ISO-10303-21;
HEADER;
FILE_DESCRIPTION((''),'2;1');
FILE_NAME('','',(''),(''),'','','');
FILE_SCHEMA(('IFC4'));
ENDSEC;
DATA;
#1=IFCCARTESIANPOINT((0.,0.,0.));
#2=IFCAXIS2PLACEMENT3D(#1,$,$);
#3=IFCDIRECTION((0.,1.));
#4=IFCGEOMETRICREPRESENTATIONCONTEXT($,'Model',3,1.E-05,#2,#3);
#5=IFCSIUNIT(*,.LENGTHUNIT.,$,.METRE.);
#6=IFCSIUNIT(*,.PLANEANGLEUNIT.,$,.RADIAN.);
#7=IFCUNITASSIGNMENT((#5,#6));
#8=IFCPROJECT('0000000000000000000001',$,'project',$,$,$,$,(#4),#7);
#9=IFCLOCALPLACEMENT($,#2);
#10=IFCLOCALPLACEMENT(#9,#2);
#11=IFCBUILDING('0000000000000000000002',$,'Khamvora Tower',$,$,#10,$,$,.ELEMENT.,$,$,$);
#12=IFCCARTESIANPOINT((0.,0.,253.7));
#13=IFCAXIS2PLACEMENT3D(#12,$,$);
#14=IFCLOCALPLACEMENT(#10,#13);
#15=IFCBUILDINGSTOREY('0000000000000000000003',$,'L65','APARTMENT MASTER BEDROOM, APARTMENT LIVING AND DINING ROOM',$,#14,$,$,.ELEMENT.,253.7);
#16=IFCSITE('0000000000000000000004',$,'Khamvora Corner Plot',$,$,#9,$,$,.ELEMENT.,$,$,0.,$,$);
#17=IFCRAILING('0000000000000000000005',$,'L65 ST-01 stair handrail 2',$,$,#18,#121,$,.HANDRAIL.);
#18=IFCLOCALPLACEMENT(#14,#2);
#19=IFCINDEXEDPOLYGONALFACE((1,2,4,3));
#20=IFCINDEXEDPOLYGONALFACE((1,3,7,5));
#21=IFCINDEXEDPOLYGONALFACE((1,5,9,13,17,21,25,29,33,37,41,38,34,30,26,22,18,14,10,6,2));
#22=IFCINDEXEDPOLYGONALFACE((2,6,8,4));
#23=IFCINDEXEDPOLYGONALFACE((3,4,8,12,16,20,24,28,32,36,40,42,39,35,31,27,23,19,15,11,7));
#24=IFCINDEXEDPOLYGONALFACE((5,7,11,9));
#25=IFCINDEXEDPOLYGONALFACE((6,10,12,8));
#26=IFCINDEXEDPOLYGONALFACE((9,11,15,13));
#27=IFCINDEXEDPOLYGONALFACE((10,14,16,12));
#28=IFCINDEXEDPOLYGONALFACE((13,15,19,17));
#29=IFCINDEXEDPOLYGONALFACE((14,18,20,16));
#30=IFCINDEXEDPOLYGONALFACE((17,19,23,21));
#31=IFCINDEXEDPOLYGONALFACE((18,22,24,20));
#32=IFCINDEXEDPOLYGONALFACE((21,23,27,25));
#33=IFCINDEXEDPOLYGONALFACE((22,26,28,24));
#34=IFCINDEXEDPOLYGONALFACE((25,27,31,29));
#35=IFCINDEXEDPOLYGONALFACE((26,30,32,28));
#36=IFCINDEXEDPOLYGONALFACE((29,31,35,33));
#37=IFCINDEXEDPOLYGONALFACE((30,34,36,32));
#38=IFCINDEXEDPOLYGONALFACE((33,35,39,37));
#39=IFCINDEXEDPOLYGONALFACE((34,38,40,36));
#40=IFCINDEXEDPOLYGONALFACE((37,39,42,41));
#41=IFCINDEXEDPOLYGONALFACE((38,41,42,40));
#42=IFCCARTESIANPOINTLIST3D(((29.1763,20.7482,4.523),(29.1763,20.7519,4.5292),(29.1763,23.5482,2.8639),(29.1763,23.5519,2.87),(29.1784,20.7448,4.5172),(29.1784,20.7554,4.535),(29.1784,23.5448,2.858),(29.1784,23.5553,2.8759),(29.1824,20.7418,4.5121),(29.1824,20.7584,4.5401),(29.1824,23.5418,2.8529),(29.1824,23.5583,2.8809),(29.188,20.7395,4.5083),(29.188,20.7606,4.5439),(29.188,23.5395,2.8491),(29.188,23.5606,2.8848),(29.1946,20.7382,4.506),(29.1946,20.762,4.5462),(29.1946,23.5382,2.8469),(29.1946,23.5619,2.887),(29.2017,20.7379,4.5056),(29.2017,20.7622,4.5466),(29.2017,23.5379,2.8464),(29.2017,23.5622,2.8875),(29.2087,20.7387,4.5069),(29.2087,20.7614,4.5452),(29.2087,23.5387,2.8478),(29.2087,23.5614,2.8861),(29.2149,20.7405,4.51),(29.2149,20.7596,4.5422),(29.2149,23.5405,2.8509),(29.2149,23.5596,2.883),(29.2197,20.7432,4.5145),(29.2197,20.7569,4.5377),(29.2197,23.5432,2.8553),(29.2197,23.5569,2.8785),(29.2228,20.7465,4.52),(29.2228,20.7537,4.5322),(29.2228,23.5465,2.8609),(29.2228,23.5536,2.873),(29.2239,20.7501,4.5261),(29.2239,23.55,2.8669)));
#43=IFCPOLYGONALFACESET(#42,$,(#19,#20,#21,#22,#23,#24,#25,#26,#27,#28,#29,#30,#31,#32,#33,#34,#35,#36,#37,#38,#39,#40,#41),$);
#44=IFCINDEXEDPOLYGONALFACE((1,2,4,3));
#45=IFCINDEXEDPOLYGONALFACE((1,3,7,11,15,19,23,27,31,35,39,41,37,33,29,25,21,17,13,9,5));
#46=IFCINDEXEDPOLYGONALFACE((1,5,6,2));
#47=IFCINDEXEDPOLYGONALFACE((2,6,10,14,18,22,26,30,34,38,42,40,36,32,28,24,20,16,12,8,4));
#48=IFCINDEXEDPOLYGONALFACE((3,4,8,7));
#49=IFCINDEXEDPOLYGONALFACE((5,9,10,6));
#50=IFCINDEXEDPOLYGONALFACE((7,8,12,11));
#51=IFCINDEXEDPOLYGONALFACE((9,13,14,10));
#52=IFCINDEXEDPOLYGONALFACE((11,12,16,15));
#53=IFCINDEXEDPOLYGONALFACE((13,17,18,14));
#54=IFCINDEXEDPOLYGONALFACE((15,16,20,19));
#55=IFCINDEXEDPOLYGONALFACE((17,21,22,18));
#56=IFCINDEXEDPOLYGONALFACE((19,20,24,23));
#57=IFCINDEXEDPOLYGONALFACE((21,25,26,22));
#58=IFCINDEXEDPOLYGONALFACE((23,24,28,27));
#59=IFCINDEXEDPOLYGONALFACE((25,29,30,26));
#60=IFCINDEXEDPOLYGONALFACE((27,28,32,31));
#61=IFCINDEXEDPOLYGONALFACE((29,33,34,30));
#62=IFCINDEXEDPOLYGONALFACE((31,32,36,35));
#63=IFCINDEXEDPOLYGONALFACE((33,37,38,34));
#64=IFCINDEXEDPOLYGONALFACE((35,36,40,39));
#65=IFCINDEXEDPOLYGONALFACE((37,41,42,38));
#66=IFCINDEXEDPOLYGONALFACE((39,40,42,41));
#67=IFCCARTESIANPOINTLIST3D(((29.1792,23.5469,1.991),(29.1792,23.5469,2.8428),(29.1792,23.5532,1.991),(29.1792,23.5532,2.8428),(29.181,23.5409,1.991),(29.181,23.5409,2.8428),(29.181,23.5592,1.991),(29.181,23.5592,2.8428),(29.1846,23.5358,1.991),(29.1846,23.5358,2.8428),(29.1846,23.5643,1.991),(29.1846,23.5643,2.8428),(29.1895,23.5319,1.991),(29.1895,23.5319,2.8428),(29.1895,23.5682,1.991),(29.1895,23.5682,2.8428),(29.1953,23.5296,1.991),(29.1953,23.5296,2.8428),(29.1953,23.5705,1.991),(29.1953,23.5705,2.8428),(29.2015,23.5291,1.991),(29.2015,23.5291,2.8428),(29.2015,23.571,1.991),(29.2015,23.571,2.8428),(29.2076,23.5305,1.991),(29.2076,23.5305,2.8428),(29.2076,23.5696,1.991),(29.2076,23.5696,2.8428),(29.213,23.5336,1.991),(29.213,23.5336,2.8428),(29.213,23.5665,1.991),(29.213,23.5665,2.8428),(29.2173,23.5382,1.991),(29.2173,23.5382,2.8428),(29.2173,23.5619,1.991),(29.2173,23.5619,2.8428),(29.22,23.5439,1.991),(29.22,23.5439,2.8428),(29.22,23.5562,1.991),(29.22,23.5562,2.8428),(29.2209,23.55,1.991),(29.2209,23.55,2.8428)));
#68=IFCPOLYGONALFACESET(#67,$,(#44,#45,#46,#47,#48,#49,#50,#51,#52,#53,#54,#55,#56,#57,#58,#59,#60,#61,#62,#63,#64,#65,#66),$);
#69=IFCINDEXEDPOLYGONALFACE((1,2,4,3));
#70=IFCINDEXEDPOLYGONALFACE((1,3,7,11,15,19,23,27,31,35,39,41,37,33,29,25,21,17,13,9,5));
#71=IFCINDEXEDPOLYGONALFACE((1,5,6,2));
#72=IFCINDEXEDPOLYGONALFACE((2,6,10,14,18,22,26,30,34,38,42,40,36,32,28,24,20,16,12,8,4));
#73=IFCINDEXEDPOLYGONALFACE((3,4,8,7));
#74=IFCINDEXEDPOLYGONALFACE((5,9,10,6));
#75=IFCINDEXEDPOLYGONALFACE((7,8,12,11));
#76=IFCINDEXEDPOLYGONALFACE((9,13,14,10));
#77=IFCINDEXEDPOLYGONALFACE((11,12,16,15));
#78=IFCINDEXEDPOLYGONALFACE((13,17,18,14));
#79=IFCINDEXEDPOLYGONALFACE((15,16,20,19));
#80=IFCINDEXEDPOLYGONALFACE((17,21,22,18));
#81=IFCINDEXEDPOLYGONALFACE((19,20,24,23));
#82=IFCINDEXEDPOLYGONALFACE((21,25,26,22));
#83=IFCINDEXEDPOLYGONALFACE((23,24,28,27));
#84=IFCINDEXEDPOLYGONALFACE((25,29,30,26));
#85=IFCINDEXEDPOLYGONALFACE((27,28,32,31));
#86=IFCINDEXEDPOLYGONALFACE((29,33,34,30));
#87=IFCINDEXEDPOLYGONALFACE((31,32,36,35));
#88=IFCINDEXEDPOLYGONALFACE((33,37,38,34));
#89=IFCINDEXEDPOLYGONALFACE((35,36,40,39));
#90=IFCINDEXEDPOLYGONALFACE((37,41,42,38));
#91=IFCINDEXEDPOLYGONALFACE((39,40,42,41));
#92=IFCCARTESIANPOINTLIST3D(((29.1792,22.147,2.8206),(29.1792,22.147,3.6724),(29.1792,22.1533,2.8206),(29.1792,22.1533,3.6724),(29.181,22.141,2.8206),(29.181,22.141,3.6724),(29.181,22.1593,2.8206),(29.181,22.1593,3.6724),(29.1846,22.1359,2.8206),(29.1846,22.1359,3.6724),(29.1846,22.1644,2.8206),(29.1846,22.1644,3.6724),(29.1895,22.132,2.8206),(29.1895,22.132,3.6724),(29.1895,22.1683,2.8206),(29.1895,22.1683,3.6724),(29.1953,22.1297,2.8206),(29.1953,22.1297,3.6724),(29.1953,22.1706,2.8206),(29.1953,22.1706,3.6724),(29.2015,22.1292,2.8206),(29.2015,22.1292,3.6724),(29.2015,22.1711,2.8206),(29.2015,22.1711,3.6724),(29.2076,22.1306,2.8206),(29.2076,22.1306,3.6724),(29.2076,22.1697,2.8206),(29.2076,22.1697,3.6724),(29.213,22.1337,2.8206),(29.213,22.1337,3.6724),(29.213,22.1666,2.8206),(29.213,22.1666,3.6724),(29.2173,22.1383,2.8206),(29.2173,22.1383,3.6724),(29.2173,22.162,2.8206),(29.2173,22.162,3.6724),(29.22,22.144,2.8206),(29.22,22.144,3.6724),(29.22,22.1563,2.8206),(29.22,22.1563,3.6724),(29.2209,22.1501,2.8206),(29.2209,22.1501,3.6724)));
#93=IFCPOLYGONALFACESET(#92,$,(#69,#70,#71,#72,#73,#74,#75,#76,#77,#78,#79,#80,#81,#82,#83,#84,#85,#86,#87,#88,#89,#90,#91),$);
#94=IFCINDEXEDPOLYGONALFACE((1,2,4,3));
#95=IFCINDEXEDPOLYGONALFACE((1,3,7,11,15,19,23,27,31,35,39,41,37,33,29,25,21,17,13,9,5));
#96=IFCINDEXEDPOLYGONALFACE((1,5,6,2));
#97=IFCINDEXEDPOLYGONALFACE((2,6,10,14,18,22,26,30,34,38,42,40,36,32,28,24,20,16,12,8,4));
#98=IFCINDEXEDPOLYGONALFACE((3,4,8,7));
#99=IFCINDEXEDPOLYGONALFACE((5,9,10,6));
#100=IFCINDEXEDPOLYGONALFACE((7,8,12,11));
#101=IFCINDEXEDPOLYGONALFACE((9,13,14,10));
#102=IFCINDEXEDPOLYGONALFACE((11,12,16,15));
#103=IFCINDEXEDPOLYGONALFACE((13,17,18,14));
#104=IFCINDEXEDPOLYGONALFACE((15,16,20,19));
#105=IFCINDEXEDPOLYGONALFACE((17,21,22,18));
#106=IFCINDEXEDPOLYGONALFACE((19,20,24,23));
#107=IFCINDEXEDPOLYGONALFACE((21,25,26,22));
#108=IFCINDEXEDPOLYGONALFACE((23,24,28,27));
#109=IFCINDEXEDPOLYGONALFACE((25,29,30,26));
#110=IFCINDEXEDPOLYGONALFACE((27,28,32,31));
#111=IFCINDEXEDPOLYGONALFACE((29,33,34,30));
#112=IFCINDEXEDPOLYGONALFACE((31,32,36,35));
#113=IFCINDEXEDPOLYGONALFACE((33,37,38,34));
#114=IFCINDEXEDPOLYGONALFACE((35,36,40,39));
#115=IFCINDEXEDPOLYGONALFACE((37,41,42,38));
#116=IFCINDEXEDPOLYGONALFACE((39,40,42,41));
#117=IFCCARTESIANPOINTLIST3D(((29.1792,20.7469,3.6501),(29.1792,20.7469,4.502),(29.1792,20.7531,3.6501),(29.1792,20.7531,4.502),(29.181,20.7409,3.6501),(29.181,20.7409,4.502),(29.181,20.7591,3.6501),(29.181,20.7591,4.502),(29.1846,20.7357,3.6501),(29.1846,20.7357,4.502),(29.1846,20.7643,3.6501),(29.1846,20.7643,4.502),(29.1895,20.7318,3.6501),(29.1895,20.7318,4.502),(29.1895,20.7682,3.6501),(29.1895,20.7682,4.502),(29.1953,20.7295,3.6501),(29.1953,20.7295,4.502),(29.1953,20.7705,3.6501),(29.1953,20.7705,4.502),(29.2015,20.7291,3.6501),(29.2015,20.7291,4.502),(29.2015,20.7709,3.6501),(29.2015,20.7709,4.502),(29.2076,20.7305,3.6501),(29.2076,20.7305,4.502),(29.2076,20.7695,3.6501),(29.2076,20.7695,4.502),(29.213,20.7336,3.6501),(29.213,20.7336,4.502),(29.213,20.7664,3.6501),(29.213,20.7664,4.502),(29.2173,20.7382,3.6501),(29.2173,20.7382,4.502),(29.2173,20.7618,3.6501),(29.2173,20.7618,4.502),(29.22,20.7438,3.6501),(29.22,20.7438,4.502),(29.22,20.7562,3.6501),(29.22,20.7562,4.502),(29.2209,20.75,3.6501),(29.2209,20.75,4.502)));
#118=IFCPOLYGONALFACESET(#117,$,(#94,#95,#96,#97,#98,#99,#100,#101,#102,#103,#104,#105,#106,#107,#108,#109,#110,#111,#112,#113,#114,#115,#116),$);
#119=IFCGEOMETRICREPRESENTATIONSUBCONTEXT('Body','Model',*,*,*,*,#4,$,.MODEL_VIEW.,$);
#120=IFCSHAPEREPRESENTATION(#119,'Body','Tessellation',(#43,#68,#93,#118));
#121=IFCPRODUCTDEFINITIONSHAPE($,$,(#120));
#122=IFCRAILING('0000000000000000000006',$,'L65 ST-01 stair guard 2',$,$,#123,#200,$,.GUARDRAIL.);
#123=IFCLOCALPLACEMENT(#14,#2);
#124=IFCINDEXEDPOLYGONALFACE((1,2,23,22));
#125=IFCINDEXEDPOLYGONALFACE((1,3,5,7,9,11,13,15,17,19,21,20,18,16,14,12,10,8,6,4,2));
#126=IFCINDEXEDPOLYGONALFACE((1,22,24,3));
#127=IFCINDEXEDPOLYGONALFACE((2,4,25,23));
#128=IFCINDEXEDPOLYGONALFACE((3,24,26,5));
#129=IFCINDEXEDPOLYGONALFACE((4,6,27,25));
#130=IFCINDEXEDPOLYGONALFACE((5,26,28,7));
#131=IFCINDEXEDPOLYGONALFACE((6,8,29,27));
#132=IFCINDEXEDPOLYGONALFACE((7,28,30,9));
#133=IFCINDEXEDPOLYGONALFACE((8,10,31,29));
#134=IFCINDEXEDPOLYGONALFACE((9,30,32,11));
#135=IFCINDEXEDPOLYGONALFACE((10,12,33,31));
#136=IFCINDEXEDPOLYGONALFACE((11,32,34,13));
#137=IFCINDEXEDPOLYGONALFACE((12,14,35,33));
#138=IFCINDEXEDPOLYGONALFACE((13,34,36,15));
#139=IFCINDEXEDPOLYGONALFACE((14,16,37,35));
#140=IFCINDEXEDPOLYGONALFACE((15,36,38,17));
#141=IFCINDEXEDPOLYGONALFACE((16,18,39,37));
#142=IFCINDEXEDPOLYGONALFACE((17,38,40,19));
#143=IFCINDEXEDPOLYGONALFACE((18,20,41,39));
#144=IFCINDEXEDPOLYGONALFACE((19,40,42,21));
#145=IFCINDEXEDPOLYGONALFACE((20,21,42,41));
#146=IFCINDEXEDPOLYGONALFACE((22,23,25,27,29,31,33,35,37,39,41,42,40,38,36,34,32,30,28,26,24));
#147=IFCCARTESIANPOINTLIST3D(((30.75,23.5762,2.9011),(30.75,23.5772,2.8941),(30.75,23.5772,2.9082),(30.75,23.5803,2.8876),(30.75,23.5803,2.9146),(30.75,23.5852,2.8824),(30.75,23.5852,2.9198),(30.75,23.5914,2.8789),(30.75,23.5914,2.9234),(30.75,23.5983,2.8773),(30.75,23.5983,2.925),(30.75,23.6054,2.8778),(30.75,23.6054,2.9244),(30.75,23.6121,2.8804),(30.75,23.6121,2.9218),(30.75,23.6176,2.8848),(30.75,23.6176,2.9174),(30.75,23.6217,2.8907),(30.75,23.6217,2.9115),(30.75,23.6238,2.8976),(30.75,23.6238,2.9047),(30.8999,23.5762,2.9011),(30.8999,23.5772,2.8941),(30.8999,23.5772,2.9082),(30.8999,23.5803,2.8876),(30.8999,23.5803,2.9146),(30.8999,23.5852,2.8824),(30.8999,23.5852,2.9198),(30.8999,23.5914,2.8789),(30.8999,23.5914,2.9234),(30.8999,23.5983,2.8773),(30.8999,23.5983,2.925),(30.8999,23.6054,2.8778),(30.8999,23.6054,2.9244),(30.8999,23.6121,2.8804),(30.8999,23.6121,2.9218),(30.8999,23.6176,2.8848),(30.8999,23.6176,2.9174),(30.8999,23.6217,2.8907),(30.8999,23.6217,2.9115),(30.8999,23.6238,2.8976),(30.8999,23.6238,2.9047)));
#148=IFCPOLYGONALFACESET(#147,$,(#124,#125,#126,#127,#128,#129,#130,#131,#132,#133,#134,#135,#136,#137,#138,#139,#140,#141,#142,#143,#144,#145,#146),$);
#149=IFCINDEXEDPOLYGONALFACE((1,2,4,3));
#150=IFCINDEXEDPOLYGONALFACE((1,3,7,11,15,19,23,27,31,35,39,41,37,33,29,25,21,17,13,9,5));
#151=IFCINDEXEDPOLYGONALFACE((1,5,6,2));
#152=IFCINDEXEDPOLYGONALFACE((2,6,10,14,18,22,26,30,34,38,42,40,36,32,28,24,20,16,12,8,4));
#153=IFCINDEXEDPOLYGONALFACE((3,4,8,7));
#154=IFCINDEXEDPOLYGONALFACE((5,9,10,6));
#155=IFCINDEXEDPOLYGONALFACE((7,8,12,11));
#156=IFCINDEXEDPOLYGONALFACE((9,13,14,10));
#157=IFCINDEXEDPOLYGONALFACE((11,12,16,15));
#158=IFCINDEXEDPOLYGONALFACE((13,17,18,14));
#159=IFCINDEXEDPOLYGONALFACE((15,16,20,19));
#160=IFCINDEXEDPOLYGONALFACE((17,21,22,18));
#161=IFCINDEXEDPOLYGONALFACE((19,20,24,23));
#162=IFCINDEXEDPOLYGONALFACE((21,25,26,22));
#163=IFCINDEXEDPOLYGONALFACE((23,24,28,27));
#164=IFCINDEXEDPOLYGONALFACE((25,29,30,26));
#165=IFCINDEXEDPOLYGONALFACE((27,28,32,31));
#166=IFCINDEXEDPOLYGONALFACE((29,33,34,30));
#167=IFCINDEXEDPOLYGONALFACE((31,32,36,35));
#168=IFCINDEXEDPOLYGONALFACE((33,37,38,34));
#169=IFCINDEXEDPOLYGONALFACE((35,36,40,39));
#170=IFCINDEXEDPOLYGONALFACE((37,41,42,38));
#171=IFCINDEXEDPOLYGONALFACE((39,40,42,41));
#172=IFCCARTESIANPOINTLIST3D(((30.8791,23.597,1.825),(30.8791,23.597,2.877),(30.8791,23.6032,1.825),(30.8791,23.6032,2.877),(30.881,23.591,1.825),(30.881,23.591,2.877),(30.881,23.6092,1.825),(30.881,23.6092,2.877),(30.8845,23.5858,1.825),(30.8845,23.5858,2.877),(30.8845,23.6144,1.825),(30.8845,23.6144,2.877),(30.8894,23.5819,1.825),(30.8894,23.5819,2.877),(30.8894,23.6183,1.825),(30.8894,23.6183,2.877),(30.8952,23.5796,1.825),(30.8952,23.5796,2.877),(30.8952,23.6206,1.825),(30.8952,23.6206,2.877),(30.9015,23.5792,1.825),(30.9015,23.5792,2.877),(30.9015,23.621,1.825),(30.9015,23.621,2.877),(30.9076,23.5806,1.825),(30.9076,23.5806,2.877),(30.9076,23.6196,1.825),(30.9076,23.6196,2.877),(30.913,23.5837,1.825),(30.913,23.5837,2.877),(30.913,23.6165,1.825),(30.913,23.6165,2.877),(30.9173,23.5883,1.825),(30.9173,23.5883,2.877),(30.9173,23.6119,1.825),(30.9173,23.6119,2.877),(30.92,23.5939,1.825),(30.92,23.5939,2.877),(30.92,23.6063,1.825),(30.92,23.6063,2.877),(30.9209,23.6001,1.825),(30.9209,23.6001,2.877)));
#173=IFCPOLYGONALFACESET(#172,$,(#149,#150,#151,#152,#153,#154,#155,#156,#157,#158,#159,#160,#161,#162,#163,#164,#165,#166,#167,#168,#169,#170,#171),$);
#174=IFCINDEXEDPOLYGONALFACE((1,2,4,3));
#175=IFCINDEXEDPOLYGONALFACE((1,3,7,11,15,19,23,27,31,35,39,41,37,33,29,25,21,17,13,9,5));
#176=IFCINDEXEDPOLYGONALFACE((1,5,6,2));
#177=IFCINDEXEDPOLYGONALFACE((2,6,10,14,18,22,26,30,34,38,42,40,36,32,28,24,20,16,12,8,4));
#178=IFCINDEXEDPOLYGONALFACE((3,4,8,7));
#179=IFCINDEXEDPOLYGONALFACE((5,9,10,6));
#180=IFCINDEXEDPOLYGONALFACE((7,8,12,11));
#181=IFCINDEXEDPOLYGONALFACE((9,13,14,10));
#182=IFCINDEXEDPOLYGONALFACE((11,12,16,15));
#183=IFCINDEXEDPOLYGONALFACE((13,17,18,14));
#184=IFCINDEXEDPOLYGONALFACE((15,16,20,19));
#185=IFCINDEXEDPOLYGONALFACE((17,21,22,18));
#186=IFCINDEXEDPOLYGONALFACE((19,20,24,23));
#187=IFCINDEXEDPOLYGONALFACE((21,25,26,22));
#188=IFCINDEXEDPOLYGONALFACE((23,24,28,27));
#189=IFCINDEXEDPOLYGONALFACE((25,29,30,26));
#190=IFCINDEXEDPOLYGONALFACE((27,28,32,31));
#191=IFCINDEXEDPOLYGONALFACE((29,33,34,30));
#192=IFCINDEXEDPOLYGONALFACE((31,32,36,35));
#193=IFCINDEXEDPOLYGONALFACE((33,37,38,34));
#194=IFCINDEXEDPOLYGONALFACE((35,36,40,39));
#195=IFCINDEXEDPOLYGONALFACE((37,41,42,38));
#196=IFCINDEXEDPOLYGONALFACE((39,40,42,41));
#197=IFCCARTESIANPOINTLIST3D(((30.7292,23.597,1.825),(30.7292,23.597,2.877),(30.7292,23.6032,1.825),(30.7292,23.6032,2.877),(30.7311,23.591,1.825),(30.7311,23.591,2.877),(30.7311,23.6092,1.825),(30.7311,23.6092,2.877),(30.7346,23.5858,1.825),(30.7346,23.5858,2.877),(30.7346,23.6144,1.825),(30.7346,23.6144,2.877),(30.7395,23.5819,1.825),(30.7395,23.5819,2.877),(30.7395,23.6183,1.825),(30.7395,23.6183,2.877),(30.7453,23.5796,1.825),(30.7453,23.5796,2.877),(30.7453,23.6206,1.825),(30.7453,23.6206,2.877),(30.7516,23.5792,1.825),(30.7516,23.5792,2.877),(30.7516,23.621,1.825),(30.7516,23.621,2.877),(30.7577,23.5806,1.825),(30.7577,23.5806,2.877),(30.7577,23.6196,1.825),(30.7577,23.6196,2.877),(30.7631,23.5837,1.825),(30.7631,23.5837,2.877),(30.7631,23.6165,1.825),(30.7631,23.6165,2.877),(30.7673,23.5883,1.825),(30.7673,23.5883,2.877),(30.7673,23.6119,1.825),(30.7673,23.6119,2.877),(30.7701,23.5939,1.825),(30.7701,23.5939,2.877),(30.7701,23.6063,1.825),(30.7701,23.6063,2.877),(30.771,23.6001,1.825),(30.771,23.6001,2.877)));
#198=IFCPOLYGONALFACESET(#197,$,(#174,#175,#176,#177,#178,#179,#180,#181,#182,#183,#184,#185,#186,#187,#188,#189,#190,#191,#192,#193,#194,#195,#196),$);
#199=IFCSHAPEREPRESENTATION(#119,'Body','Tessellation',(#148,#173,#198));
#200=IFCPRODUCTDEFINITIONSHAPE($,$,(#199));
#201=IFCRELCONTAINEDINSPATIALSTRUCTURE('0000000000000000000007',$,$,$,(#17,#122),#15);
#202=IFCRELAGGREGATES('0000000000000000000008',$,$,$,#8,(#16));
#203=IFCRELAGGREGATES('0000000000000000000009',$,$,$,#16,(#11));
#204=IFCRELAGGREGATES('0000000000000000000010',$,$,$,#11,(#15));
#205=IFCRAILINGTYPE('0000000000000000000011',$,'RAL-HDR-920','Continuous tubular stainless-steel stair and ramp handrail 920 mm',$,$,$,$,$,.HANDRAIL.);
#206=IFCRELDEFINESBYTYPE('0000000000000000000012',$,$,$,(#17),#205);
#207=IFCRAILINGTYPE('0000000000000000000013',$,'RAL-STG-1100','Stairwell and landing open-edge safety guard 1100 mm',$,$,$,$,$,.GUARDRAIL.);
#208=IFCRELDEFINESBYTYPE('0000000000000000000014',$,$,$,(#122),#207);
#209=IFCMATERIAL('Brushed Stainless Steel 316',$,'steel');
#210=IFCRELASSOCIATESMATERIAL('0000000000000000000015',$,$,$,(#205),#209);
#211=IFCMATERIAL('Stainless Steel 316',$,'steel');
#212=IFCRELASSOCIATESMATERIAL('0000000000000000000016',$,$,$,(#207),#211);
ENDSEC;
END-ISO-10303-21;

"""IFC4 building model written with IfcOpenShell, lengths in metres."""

from ifc_helpers import new_model, si_unit, direction, frame, origin, origin_2d, place, context, subcontext, project, spatial, circle, extrude, material, type_object, element, save


model = new_model("IFC4")

# Units and contexts
model_context = context("Model", 3, precision=1e-05, world=origin(), true_north=direction((0.0, 1.0)))
body_context = subcontext(model_context, "Body", "Model", "MODEL_VIEW")
ifc_project = project(units=[si_unit("LENGTHUNIT", "METRE"), si_unit("PLANEANGLEUNIT", "RADIAN")], contexts=[model_context])

# Site, building, storey
site_placement = place(None, origin())
site = spatial("IfcSite", under=ifc_project, at=site_placement, Name="Khamvora Corner Plot", CompositionType="ELEMENT", RefElevation=0.0)
building_placement = place(site_placement, origin())
building = spatial("IfcBuilding", under=site, at=building_placement, Name="Khamvora Tower", CompositionType="ELEMENT")
storey_placement = place(building_placement, frame((0.0, 0.0, 253.7)))
storey = spatial("IfcBuildingStorey", under=building, at=storey_placement, Name="L65", Description="APARTMENT MASTER BEDROOM, APARTMENT LIVING AND DINING ROOM", CompositionType="ELEMENT", Elevation=253.7)

# Railings
ifc_material_1 = material(Name="Brushed Stainless Steel 316", Category="steel")
railing_type_1 = type_object("IfcRailingType", Name="RAL-HDR-920", Description="Continuous tubular stainless-steel stair and ramp handrail 920 mm", PredefinedType="HANDRAIL", material=ifc_material_1)
railing_1_placement = place(storey_placement, frame((29.2, 23.55, 1.991)))
element("IfcRailing", 1, at=railing_1_placement, inside=storey, type_object=railing_type_1, Name="L65 ST-01 stair handrail 2", PredefinedType="HANDRAIL", context=body_context, shape_type="SweptSolid", body=[
    extrude(circle(Radius=0.0239, at=origin_2d()), frame((0.0, 0.0, 0.876), z_axis=(0.0, -0.860306, 0.509778), x_axis=(1.0, 0.0, 0.0)), (0.0, 0.0, 1.0), 3.2546),
    extrude(circle(Radius=0.021, at=origin_2d()), origin(), (0.0, 0.0, 1.0), 0.8518),
    extrude(circle(Radius=0.021, at=origin_2d()), frame((0.0, -1.3999, 0.8296)), (0.0, 0.0, 1.0), 0.8518),
    extrude(circle(Radius=0.021, at=origin_2d()), frame((0.0, -2.8, 1.6592)), (0.0, 0.0, 1.0), 0.8518),
])
ifc_material_2 = material(Name="Stainless Steel 316", Category="steel")
railing_type_2 = type_object("IfcRailingType", Name="RAL-STG-1100", Description="Stairwell and landing open-edge safety guard 1100 mm", PredefinedType="GUARDRAIL", material=ifc_material_2)
railing_2_placement = place(storey_placement, frame((30.8999, 23.6001, 1.825)))
element("IfcRailing", 2, at=railing_2_placement, inside=storey, type_object=railing_type_2, Name="L65 ST-01 stair guard 2", PredefinedType="GUARDRAIL", context=body_context, shape_type="SweptSolid", body=[
    extrude(circle(Radius=0.0239, at=origin_2d()), frame((0.0, 0.0, 1.0762), z_axis=(-1.0, 0.0, 0.0), x_axis=(0.0, -1.0, 0.0)), (0.0, 0.0, 1.0), 0.1499),
    extrude(circle(Radius=0.021, at=origin_2d()), origin(), (0.0, 0.0, 1.0), 1.052),
    extrude(circle(Radius=0.021, at=origin_2d()), frame((-0.1499, 0.0, 0.0)), (0.0, 0.0, 1.0), 1.052),
])

save(model, "model.ifc")
